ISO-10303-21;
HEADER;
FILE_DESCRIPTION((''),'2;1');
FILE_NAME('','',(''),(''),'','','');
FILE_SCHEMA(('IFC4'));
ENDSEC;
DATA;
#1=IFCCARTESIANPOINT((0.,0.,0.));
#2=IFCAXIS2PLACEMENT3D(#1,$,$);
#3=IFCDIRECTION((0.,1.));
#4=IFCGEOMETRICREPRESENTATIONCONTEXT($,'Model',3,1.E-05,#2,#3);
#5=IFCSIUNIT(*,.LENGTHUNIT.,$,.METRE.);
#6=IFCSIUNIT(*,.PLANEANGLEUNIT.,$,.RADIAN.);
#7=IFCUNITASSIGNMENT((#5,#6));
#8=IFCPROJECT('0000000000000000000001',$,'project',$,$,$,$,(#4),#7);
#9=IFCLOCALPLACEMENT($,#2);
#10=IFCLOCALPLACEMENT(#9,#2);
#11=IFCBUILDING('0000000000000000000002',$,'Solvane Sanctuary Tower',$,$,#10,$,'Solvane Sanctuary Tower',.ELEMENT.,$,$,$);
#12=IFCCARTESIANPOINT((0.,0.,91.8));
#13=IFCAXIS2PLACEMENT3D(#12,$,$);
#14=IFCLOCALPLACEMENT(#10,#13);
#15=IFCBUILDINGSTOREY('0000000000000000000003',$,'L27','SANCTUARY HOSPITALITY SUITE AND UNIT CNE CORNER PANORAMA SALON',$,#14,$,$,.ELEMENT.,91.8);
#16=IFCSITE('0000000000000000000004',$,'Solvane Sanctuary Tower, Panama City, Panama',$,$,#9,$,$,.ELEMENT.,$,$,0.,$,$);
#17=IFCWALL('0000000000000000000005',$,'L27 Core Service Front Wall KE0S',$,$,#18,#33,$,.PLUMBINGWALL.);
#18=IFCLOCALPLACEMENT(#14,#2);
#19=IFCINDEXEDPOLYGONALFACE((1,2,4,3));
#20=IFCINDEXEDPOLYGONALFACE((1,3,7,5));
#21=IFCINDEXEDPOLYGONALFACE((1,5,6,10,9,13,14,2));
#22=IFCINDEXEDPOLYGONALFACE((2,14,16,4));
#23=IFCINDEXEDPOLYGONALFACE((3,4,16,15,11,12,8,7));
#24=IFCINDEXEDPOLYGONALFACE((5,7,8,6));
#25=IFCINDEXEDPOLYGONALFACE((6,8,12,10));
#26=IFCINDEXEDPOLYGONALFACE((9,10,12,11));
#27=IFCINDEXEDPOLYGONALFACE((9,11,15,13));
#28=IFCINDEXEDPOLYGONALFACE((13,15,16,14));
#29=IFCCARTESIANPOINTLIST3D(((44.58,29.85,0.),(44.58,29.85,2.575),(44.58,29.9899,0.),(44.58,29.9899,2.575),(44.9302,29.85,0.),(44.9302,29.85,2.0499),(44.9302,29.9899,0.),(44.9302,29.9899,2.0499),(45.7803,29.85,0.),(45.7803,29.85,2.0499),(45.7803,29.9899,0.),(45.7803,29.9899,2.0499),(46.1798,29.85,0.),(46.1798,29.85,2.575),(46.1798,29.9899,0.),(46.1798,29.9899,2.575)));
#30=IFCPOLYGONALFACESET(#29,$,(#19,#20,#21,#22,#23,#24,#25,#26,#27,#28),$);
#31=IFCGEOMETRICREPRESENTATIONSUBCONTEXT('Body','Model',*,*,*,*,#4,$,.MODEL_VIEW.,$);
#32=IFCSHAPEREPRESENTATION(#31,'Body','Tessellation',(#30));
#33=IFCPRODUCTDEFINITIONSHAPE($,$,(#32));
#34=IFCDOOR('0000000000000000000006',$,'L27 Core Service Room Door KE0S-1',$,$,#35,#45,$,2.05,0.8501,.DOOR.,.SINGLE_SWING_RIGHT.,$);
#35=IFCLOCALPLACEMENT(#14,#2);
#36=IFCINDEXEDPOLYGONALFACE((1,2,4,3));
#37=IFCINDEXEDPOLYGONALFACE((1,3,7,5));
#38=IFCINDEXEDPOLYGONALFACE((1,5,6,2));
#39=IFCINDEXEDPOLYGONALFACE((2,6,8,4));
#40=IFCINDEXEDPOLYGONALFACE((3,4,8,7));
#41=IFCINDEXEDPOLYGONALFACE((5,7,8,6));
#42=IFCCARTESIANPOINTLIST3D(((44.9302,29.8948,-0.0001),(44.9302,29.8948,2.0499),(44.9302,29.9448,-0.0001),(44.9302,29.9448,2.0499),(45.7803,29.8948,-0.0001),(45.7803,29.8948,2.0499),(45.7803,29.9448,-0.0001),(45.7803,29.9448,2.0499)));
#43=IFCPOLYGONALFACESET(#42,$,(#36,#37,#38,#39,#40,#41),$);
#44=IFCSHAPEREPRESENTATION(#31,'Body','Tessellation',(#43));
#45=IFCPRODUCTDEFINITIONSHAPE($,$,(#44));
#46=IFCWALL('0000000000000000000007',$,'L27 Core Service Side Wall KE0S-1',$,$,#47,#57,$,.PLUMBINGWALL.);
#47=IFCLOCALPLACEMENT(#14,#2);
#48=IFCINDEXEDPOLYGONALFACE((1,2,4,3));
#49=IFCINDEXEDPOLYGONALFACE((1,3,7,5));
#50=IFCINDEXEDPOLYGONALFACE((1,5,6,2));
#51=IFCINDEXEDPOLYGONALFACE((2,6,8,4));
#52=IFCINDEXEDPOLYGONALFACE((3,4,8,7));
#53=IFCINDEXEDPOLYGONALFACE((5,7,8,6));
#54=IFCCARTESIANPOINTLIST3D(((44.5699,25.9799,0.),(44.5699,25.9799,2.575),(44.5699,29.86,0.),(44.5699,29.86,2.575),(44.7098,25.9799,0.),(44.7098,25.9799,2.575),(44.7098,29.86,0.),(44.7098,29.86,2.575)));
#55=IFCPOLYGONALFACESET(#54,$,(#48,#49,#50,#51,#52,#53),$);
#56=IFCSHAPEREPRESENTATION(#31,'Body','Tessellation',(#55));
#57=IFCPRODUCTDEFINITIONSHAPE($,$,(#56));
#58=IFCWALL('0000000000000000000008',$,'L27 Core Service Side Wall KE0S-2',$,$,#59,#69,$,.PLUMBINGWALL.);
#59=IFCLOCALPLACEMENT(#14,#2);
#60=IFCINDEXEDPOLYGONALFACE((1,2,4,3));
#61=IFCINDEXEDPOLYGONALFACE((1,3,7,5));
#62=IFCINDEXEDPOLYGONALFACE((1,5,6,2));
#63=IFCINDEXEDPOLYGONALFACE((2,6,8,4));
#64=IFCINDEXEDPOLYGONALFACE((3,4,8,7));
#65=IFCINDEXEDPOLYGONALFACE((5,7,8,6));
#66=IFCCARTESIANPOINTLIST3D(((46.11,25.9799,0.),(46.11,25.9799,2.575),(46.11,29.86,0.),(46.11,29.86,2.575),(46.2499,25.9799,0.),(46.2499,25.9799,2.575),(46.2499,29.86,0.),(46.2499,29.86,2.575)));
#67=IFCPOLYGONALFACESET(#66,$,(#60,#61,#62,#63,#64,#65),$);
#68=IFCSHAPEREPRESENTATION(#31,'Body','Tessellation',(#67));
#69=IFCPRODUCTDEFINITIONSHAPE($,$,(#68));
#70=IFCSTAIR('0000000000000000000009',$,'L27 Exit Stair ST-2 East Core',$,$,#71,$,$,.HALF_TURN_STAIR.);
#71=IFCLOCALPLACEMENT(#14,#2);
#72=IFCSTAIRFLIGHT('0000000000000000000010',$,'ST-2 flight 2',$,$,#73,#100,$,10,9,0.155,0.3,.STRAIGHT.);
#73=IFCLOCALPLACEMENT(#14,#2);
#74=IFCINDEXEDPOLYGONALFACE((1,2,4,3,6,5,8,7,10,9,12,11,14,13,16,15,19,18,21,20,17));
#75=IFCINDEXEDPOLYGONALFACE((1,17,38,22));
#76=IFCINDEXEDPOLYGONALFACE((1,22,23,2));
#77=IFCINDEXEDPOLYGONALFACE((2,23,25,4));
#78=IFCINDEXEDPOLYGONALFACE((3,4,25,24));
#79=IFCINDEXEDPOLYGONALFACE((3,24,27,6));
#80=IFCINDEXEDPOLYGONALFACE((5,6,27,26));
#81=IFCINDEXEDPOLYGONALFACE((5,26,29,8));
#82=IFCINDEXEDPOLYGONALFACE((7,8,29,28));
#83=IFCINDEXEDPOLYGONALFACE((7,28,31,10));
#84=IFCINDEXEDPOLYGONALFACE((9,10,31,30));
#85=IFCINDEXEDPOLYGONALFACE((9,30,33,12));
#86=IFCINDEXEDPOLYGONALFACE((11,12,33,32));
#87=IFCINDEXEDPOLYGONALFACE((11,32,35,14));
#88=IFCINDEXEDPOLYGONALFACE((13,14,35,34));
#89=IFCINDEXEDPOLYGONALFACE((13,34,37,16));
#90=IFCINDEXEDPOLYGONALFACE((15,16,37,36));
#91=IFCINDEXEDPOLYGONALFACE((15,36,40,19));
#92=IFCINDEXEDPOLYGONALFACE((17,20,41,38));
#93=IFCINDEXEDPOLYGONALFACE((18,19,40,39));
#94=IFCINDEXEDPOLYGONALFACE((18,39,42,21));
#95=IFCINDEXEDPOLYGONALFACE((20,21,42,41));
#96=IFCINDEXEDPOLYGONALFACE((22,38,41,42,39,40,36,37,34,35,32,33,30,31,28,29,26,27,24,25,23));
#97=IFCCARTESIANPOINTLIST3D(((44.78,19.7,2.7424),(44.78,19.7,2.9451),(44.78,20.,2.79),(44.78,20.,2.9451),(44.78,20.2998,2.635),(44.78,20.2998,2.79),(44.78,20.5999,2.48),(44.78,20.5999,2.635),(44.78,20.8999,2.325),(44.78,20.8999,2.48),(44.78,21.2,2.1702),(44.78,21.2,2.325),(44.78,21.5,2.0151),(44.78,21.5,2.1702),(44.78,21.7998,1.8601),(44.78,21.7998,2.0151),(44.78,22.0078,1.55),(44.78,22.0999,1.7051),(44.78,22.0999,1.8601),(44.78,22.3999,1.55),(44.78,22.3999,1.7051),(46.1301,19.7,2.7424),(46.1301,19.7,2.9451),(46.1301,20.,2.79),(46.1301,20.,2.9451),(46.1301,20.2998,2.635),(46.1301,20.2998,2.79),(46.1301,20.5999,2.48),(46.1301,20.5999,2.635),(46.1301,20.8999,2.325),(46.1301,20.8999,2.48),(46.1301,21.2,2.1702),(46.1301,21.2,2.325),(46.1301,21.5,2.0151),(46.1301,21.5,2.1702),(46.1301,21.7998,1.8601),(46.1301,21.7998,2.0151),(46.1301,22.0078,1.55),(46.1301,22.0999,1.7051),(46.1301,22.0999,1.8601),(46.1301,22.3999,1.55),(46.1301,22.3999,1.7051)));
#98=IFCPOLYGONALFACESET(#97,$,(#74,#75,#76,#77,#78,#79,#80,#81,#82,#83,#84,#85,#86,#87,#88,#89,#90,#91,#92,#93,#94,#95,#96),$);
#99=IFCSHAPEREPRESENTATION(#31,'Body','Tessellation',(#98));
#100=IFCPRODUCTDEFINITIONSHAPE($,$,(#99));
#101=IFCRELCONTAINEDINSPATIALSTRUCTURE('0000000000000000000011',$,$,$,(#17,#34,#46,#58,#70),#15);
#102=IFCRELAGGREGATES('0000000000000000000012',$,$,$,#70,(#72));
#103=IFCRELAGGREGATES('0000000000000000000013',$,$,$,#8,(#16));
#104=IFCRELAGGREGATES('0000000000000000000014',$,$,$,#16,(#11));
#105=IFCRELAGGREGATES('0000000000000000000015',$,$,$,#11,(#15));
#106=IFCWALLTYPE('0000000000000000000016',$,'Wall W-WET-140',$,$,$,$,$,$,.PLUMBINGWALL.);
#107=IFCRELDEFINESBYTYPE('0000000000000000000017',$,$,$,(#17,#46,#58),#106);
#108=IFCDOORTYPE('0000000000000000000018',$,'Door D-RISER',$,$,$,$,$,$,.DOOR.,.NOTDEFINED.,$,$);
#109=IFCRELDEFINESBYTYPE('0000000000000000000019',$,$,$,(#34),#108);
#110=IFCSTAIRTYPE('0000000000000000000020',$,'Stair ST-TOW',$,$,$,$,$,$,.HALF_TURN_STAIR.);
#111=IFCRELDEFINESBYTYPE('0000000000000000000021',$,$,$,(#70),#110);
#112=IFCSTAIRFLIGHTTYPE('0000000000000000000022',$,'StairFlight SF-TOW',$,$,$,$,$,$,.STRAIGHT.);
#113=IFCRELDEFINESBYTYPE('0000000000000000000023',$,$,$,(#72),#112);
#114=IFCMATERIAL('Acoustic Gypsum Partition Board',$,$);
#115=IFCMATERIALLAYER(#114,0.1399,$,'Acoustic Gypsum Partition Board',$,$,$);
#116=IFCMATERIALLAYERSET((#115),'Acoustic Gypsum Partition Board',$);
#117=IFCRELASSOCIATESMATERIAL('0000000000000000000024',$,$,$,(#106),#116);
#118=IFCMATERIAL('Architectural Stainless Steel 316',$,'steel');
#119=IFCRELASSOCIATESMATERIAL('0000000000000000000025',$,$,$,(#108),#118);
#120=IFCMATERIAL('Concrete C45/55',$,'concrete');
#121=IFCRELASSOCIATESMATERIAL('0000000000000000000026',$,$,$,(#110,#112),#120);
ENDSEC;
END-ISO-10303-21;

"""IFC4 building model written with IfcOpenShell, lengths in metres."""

from ifc_helpers import new_model, si_unit, direction, frame, frame_2d, origin, place, context, subcontext, project, spatial, polyline, rectangle, outline, extrude, material, layer, layer_set, type_object, element, fill, aggregate, save


model = new_model("IFC4")

# Units and contexts
model_context = context("Model", 3, precision=1e-05, world=origin(), true_north=direction((0.0, 1.0)))
body_context = subcontext(model_context, "Body", "Model", "MODEL_VIEW")
ifc_project = project(units=[si_unit("LENGTHUNIT", "METRE"), si_unit("PLANEANGLEUNIT", "RADIAN")], contexts=[model_context])

# Site, building, storey
site_placement = place(None, origin())
site = spatial("IfcSite", under=ifc_project, at=site_placement, Name="Solvane Sanctuary Tower, Panama City, Panama", CompositionType="ELEMENT", RefElevation=0.0)
building_placement = place(site_placement, origin())
building = spatial("IfcBuilding", under=site, at=building_placement, Name="Solvane Sanctuary Tower", LongName="Solvane Sanctuary Tower", CompositionType="ELEMENT")
storey_placement = place(building_placement, frame((0.0, 0.0, 91.8)))
storey = spatial("IfcBuildingStorey", under=building, at=storey_placement, Name="L27", Description="SANCTUARY HOSPITALITY SUITE AND UNIT CNE CORNER PANORAMA SALON", CompositionType="ELEMENT", Elevation=91.8)

# Shared definitions
ifc_material_1 = material(Name="Acoustic Gypsum Partition Board")

# Shared definitions
ifc_material_2 = material(Name="Architectural Stainless Steel 316", Category="steel")

# Wall, opening, door
ifc_layer_1 = layer(ifc_material_1, 0.1399, Name="Acoustic Gypsum Partition Board")
ifc_layer_set_1 = layer_set([ifc_layer_1], Name="Acoustic Gypsum Partition Board")
wall_type_1 = type_object("IfcWallType", Name="Wall W-WET-140", PredefinedType="PLUMBINGWALL", material=ifc_layer_set_1)
wall_1_placement = place(storey_placement, frame((44.5801, 29.9199, 0.0), z_axis=(0.0, 0.0, 1.0), x_axis=(1.0, 0.0, 0.0)))
wall_1 = element("IfcWall", 1, at=wall_1_placement, inside=storey, type_object=wall_type_1, Name="L27 Core Service Front Wall KE0S", PredefinedType="PLUMBINGWALL", context=body_context, shape_type="SweptSolid", body=[
    extrude(rectangle(XDim=1.5999, YDim=0.1399, at=frame_2d((0.7998, 0.0))), origin(), (0.0, 0.0, 1.0), 2.575),
])
opening_1_placement = place(wall_1_placement, frame((0.3501, 0.0, 0.0)))
opening_1 = element("IfcOpeningElement", 2, at=opening_1_placement, cuts=wall_1, PredefinedType="OPENING", context=body_context, shape_type="SweptSolid", body=[
    extrude(rectangle(XDim=0.8501, YDim=2.05, at=frame_2d((0.425, 1.0249))), frame((0.0, 0.0798, 0.0), z_axis=(0.0, -1.0, 0.0), x_axis=(1.0, 0.0, 0.0)), (0.0, 0.0, 1.0), 0.1599),
])
door_type_1 = type_object("IfcDoorType", Name="Door D-RISER", OperationType="NOTDEFINED", PredefinedType="DOOR", material=ifc_material_2)
door_1_placement = place(opening_1_placement, origin())
door_1 = element("IfcDoor", 3, at=door_1_placement, inside=storey, type_object=door_type_1, Name="L27 Core Service Room Door KE0S-1", OperationType="SINGLE_SWING_RIGHT", OverallHeight=2.05, OverallWidth=0.8501, PredefinedType="DOOR", context=body_context, shape_type="SweptSolid", body=[
    extrude(rectangle(XDim=0.8501, YDim=2.05, at=frame_2d((0.425, 1.0249))), frame((0.0, 0.0249, 0.0), z_axis=(0.0, -1.0, 0.0), x_axis=(1.0, 0.0, 0.0)), (0.0, 0.0, 1.0), 0.05),
])
fill(opening_1, door_1)

# Walls
for number, where, z_axis, x_axis, name in (
    (4, (44.6399, 25.98, 0.0), (0.0, 0.0, 1.0), (0.0, 1.0, 0.0), "L27 Core Service Side Wall KE0S-1"),
    (5, (46.1799, 25.98, 0.0), (0.0, 0.0, 1.0), (0.0, 1.0, 0.0), "L27 Core Service Side Wall KE0S-2"),
):
    element("IfcWall", number, at=place(storey_placement, frame(where, z_axis=z_axis, x_axis=x_axis)), inside=storey, type_object=wall_type_1, Name=name, PredefinedType="PLUMBINGWALL", context=body_context, shape_type="SweptSolid", body=[
        extrude(rectangle(XDim=3.8801, YDim=0.1399, at=frame_2d((1.9399, 0.0))), origin(), (0.0, 0.0, 1.0), 2.575),
    ])

# Stair, stair flight
ifc_material_3 = material(Name="Concrete C45/55", Category="concrete")
stair_type = type_object("IfcStairType", Name="Stair ST-TOW", PredefinedType="HALF_TURN_STAIR", material=ifc_material_3)
stair_placement = place(storey_placement, origin())
stair = element("IfcStair", 6, at=stair_placement, inside=storey, type_object=stair_type, Name="L27 Exit Stair ST-2 East Core", PredefinedType="HALF_TURN_STAIR")
stair_flight_type = type_object("IfcStairFlightType", Name="StairFlight SF-TOW", PredefinedType="STRAIGHT", material=ifc_material_3)
stair_flight_placement = place(storey_placement, frame((45.4551, 22.3999, 1.55), z_axis=(0.0, 0.0, 1.0), x_axis=(0.0, -1.0, 0.0)))
stair_flight = element("IfcStairFlight", 7, at=stair_flight_placement, type_object=stair_flight_type, Name="ST-2 flight 2", NumberOfRisers=10, NumberOfTreads=9, PredefinedType="STRAIGHT", RiserHeight=0.155, TreadLength=0.3, context=body_context, shape_type="SweptSolid", body=[
    extrude(outline(polyline([(0.0, 0.0), (0.0, 0.155), (0.3, 0.155), (0.3, 0.3101), (0.6001, 0.3101), (0.6001, 0.4651), (0.8999, 0.4651), (0.8999, 0.6201), (1.2, 0.6201), (1.2, 0.7749), (1.5, 0.7749), (1.5, 0.9299), (1.8, 0.9299), (1.8, 1.085), (2.1001, 1.085), (2.1001, 1.24), (2.3999, 1.24), (2.3999, 1.395), (2.7, 1.395), (2.7, 1.55), (2.7, 1.1924), (0.3921, 0.0), (0.0, 0.0)])), frame((0.0, 0.675, 0.0), z_axis=(0.0, -1.0, 0.0), x_axis=(1.0, 0.0, 0.0)), (0.0, 0.0, 1.0), 1.3501),
])
aggregate(stair, [stair_flight])

save(model, "model.ifc")
